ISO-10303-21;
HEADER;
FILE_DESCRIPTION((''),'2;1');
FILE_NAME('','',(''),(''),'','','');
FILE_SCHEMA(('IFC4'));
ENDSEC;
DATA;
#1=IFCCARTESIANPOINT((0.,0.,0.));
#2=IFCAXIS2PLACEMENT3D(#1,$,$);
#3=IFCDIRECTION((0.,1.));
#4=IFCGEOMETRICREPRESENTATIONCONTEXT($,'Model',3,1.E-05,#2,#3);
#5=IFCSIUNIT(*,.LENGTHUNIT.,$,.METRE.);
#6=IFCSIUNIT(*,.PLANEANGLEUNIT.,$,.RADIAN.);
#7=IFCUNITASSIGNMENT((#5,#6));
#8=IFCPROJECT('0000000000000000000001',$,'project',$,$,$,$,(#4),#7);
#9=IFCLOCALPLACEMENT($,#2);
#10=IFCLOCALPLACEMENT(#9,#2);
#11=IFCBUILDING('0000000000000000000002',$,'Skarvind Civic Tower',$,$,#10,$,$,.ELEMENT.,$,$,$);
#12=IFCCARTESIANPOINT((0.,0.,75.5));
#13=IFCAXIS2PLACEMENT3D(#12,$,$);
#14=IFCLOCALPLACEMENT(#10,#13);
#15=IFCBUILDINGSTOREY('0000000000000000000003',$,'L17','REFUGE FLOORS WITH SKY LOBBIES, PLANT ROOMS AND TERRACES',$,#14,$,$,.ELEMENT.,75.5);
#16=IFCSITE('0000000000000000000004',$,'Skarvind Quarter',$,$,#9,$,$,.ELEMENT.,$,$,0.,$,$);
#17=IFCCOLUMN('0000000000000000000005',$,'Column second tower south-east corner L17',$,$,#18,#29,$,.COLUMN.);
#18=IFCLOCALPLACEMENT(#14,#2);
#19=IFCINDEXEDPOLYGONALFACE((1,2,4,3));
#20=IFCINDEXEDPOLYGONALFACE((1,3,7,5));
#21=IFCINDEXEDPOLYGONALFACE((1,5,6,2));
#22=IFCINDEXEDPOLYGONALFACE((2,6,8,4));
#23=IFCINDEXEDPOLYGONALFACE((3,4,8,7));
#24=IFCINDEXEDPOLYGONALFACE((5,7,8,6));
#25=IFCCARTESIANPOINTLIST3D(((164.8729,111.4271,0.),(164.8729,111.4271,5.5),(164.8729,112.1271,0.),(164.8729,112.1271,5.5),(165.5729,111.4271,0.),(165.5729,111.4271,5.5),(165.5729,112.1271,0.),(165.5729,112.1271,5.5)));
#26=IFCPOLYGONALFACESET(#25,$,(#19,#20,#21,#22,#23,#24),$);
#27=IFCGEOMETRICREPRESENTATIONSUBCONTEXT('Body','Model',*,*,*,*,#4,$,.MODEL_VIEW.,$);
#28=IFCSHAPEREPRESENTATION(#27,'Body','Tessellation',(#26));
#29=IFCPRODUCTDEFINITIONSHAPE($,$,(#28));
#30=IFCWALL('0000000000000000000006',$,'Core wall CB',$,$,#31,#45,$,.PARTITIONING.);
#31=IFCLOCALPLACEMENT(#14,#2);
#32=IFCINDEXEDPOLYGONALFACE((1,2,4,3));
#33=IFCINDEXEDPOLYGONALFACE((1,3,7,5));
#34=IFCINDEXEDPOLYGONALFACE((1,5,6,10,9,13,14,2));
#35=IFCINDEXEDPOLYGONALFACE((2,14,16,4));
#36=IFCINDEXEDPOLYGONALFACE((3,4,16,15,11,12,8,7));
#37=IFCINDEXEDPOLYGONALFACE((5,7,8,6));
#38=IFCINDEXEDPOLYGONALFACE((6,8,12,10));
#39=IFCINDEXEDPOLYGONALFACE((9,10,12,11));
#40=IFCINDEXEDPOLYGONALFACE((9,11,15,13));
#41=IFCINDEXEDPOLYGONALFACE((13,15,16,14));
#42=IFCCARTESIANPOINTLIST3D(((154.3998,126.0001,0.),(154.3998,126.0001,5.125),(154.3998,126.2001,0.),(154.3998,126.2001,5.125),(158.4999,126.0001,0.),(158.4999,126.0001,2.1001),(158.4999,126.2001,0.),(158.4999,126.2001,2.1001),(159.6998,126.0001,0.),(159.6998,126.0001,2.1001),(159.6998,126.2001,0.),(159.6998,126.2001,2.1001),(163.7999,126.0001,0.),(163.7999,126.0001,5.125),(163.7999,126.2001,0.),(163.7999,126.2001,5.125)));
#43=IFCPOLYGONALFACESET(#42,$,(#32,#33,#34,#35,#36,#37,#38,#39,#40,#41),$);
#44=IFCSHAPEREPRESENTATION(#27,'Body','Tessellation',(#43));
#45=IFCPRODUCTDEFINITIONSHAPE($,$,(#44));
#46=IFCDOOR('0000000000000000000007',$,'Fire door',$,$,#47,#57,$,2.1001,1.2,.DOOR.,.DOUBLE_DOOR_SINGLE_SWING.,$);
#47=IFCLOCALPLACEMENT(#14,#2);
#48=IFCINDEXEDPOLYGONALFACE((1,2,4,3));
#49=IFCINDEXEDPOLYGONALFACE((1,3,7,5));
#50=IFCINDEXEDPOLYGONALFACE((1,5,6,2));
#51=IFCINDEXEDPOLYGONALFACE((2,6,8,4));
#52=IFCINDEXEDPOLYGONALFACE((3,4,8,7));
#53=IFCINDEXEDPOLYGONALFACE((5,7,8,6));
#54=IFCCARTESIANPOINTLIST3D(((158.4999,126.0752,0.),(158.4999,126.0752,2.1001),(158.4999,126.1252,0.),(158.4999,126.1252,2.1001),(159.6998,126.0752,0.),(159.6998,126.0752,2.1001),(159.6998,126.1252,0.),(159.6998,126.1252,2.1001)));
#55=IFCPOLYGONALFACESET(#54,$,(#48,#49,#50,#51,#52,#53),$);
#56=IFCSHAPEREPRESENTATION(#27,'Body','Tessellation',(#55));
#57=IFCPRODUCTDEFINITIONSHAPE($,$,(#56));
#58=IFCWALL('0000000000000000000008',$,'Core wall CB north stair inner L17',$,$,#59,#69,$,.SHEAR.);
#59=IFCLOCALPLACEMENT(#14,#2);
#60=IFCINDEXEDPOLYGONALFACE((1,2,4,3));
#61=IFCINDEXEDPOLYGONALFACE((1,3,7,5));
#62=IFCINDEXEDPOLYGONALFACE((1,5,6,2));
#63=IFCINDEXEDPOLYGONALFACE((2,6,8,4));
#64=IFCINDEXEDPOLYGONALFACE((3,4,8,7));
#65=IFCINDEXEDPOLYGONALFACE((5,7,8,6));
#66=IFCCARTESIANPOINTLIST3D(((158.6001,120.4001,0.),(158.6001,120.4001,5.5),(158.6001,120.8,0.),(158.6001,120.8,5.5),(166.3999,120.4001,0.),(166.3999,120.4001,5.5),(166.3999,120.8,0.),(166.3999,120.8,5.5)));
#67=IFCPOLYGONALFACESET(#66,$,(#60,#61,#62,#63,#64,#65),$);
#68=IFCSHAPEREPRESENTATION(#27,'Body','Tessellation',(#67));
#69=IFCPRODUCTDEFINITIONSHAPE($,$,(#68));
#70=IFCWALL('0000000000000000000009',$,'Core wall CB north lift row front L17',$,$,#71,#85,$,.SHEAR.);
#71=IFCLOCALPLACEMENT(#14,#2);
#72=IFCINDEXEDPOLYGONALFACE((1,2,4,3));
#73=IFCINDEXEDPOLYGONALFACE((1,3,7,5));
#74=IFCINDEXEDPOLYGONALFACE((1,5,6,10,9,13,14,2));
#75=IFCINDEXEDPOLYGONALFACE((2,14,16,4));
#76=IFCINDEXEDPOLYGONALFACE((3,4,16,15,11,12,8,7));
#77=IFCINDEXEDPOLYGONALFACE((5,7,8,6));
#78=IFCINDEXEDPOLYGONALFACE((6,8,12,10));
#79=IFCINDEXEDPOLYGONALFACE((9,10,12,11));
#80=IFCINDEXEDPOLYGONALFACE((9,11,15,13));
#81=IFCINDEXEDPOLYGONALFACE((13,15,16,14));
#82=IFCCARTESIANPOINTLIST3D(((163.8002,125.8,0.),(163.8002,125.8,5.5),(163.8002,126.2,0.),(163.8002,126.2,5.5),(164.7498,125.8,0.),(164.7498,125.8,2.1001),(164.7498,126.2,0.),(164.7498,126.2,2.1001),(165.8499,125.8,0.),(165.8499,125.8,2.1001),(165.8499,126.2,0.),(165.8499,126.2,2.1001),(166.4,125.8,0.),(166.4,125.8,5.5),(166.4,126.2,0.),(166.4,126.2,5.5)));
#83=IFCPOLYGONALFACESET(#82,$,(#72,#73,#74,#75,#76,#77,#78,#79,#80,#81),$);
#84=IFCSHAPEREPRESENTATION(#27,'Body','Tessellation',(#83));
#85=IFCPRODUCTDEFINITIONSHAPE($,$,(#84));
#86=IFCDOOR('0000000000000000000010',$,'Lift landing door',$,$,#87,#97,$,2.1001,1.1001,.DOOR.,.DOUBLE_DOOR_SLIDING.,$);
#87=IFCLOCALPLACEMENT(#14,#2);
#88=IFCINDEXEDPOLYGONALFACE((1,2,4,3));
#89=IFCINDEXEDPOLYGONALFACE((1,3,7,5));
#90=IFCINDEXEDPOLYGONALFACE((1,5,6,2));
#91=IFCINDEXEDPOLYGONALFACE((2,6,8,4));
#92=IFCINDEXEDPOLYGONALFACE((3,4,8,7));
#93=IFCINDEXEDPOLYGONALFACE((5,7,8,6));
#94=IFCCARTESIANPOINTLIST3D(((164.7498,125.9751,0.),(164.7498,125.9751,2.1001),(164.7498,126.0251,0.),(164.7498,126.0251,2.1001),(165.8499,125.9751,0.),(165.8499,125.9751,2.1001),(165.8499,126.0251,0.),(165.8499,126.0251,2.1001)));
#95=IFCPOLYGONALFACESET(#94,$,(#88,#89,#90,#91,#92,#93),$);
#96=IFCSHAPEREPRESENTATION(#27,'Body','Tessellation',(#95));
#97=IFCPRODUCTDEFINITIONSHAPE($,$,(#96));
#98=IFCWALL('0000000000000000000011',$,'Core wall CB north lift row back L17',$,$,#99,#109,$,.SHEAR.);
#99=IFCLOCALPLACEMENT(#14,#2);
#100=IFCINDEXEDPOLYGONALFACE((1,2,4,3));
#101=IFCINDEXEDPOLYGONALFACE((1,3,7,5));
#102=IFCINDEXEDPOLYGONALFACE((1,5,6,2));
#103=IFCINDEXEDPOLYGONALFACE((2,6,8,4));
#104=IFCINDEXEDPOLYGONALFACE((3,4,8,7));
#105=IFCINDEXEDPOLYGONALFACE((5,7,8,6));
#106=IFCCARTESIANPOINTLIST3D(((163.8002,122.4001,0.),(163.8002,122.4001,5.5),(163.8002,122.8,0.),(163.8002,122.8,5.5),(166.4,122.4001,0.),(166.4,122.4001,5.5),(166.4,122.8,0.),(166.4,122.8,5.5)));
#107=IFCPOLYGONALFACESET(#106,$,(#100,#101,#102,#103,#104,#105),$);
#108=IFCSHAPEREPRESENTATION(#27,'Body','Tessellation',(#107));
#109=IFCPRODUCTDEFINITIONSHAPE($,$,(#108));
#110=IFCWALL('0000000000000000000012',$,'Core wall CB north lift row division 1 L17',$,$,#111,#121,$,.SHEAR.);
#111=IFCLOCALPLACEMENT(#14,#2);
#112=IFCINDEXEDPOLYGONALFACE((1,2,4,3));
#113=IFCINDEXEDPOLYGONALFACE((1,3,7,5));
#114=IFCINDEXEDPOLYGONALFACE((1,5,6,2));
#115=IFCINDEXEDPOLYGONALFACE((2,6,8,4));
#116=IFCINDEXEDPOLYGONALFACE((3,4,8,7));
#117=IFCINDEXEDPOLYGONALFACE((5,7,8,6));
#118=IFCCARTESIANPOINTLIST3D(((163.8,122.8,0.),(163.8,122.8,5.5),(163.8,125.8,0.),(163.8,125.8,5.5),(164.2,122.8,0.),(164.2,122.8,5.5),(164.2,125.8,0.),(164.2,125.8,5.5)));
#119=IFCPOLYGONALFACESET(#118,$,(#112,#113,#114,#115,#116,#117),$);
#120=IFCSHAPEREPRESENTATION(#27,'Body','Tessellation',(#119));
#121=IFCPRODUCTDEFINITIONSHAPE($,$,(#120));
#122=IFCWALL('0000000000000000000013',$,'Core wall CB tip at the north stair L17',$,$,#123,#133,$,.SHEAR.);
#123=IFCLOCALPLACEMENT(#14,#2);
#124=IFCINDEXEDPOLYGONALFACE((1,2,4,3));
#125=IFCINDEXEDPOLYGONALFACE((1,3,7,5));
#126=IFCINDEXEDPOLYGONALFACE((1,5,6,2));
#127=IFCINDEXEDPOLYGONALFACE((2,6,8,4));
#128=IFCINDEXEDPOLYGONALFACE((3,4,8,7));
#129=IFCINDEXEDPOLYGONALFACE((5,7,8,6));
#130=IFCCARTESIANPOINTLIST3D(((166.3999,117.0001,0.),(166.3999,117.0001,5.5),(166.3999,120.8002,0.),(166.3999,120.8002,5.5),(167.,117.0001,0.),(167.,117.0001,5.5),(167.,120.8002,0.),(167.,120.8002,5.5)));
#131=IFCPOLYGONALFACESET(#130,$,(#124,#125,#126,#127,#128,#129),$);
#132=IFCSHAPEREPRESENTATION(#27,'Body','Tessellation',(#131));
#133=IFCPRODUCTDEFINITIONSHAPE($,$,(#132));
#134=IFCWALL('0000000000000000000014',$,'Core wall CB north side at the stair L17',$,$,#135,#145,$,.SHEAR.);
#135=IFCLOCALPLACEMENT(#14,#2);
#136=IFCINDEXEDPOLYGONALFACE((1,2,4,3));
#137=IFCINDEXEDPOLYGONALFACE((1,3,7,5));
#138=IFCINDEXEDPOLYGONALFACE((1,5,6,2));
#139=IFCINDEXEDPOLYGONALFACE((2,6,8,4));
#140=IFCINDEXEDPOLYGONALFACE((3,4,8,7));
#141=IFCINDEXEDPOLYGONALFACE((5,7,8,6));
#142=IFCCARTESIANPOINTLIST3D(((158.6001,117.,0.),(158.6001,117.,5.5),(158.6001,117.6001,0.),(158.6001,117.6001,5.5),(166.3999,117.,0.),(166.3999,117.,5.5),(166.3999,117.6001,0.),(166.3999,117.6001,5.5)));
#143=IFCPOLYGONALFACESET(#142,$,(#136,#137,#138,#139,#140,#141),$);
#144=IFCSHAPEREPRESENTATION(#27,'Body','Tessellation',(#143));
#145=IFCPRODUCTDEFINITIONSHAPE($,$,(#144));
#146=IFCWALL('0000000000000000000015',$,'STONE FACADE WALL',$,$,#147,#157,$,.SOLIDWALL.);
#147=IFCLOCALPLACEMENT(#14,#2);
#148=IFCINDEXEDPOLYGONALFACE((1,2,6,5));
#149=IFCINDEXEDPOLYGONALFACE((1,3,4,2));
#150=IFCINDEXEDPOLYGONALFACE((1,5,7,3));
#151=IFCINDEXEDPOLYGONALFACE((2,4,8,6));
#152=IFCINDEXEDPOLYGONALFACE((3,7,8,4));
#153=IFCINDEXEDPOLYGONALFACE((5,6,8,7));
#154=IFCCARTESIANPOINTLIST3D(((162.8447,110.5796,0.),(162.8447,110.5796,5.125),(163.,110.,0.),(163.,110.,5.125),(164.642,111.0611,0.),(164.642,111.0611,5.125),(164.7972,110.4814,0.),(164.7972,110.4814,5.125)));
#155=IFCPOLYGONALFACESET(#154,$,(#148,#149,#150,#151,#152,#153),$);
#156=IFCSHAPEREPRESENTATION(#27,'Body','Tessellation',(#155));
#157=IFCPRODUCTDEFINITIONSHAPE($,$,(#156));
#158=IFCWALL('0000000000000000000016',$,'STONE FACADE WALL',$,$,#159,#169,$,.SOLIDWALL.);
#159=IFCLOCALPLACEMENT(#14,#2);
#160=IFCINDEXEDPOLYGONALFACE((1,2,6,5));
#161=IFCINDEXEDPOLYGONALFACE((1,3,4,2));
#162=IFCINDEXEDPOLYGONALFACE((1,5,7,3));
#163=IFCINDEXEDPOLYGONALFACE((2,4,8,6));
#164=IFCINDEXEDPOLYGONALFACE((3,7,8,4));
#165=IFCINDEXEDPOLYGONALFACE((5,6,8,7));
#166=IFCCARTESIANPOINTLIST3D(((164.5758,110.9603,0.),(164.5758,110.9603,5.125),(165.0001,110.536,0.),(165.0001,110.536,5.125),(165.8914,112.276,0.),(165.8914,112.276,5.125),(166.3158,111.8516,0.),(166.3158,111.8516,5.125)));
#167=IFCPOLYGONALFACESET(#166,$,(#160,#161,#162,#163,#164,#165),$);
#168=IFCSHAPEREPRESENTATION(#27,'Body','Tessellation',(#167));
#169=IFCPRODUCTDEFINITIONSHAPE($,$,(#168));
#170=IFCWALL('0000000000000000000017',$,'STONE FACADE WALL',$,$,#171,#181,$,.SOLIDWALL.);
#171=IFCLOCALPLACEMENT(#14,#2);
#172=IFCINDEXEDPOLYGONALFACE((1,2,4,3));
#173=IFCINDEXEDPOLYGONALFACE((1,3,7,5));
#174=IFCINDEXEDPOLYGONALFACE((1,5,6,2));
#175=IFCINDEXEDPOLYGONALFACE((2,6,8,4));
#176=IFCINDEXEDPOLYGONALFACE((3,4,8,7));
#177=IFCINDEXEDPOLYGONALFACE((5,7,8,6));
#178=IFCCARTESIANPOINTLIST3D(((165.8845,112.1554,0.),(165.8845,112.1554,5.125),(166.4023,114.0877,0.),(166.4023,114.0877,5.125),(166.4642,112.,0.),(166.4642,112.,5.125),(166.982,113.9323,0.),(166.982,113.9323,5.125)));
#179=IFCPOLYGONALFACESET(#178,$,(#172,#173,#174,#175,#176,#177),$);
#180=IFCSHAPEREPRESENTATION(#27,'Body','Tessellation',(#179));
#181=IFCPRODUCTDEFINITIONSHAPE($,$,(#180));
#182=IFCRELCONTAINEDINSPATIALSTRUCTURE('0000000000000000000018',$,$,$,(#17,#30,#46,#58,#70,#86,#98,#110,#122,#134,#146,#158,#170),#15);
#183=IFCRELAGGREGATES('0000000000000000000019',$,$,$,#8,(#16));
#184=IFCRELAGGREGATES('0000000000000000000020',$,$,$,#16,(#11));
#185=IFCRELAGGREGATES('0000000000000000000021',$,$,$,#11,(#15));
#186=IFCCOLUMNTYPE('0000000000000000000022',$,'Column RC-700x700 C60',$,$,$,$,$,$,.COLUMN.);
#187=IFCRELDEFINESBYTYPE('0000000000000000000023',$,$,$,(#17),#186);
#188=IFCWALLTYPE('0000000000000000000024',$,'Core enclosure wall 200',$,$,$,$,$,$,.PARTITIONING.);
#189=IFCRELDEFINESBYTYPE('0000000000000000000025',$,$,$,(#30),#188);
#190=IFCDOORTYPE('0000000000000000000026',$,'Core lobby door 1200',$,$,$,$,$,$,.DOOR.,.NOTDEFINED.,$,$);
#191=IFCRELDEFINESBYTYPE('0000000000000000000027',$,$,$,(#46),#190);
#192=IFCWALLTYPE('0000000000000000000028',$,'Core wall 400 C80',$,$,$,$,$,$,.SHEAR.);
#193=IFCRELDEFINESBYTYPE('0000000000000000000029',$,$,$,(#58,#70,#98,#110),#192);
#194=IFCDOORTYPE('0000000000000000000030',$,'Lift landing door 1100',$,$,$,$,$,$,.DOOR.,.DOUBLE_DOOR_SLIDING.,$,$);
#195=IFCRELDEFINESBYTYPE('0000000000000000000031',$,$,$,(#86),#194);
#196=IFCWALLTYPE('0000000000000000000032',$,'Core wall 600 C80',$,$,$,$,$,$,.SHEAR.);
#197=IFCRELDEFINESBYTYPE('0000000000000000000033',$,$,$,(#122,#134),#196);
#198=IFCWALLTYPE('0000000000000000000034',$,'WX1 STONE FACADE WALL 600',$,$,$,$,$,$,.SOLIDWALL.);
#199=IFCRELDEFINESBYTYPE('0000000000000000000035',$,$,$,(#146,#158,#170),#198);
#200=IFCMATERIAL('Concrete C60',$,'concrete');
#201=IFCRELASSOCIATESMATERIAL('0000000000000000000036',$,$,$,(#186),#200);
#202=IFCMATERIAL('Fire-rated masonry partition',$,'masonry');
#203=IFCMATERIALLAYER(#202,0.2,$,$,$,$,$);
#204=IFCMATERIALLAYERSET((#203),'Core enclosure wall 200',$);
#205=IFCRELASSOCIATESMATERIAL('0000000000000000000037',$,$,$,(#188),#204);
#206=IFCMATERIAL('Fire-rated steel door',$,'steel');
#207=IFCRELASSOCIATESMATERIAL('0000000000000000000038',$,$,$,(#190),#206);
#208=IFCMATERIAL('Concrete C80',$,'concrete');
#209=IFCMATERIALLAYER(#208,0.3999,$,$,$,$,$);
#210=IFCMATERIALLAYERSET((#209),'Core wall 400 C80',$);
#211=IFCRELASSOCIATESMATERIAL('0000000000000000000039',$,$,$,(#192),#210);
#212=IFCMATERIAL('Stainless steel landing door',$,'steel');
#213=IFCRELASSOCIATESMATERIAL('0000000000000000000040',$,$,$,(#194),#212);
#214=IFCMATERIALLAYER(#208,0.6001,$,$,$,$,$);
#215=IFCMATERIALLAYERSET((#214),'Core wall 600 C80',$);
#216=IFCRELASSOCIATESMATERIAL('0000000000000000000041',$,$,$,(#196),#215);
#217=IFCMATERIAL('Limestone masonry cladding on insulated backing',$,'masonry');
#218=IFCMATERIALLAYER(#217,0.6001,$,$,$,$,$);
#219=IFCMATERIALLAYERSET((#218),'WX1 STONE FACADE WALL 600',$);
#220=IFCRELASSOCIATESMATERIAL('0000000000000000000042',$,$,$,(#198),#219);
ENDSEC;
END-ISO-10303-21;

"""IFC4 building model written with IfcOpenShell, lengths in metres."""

from ifc_helpers import new_model, si_unit, direction, frame, frame_2d, origin, origin_2d, place, context, subcontext, project, spatial, rectangle, extrude, material, layer, layer_set, material_profile, profile_set, type_object, element, fill, save


model = new_model("IFC4")

# Units and contexts
model_context = context("Model", 3, precision=1e-05, world=origin(), true_north=direction((0.0, 1.0)))
body_context = subcontext(model_context, "Body", "Model", "MODEL_VIEW")
ifc_project = project(units=[si_unit("LENGTHUNIT", "METRE"), si_unit("PLANEANGLEUNIT", "RADIAN")], contexts=[model_context])

# Site, building, storey
site_placement = place(None, origin())
site = spatial("IfcSite", under=ifc_project, at=site_placement, Name="Skarvind Quarter", CompositionType="ELEMENT", RefElevation=0.0)
building_placement = place(site_placement, origin())
building = spatial("IfcBuilding", under=site, at=building_placement, Name="Skarvind Civic Tower", CompositionType="ELEMENT")
storey_placement = place(building_placement, frame((0.0, 0.0, 75.5)))
storey = spatial("IfcBuildingStorey", under=building, at=storey_placement, Name="L17", Description="REFUGE FLOORS WITH SKY LOBBIES, PLANT ROOMS AND TERRACES", CompositionType="ELEMENT", Elevation=75.5)

# Column
ifc_material_1 = material(Name="Concrete C60", Category="concrete")
ifc_material_profile = material_profile(ifc_material_1, rectangle(XDim=0.7, YDim=0.7, at=origin_2d()), Name="RC-700x700")
ifc_profile_set = profile_set([ifc_material_profile], Name="Concrete C60")
column_type = type_object("IfcColumnType", Name="Column RC-700x700 C60", PredefinedType="COLUMN", material=ifc_profile_set)
column_placement = place(storey_placement, frame((165.2229, 111.7771, 0.0), z_axis=(0.0, 0.0, 1.0), x_axis=(1.0, 0.0, 0.0)))
element("IfcColumn", 1, at=column_placement, inside=storey, type_object=column_type, Name="Column second tower south-east corner L17", PredefinedType="COLUMN", context=body_context, shape_type="SweptSolid", body=[
    extrude(rectangle(XDim=0.7, YDim=0.7, at=origin_2d()), origin(), (0.0, 0.0, 1.0), 5.5),
])

# Wall, opening, door
ifc_material_2 = material(Name="Fire-rated masonry partition", Category="masonry")
ifc_layer_1 = layer(ifc_material_2, 0.2)
ifc_layer_set_1 = layer_set([ifc_layer_1], Name="Core enclosure wall 200")
wall_type_1 = type_object("IfcWallType", Name="Core enclosure wall 200", PredefinedType="PARTITIONING", material=ifc_layer_set_1)
wall_1_placement = place(storey_placement, frame((163.8, 126.1001, 0.0), z_axis=(0.0, 0.0, 1.0), x_axis=(-1.0, 0.0, 0.0)))
wall_1 = element("IfcWall", 2, at=wall_1_placement, inside=storey, type_object=wall_type_1, Name="Core wall CB", PredefinedType="PARTITIONING", context=body_context, shape_type="SweptSolid", body=[
    extrude(rectangle(XDim=9.4001, YDim=0.2, at=frame_2d((4.7002, 0.0))), origin(), (0.0, 0.0, 1.0), 5.125),
])
opening_1_placement = place(wall_1_placement, frame((4.1001, 0.0, 0.0)))
opening_1 = element("IfcOpeningElement", 3, at=opening_1_placement, cuts=wall_1, PredefinedType="OPENING", context=body_context, shape_type="SweptSolid", body=[
    extrude(rectangle(XDim=1.2, YDim=2.1001, at=frame_2d((0.6001, 1.05))), frame((0.0, 0.1099, 0.0), z_axis=(0.0, -1.0, 0.0), x_axis=(1.0, 0.0, 0.0)), (0.0, 0.0, 1.0), 0.22),
])
ifc_material_3 = material(Name="Fire-rated steel door", Category="steel")
door_type_1 = type_object("IfcDoorType", Name="Core lobby door 1200", OperationType="NOTDEFINED", PredefinedType="DOOR", material=ifc_material_3)
door_1_placement = place(opening_1_placement, origin())
door_1 = element("IfcDoor", 4, at=door_1_placement, inside=storey, type_object=door_type_1, Name="Fire door", OperationType="DOUBLE_DOOR_SINGLE_SWING", OverallHeight=2.1001, OverallWidth=1.2, PredefinedType="DOOR", context=body_context, shape_type="SweptSolid", body=[
    extrude(rectangle(XDim=1.2, YDim=2.1001, at=frame_2d((0.6001, 1.05))), frame((0.0, 0.0249, 0.0), z_axis=(0.0, -1.0, 0.0), x_axis=(1.0, 0.0, 0.0)), (0.0, 0.0, 1.0), 0.05),
])
fill(opening_1, door_1)

# Wall
ifc_material_4 = material(Name="Concrete C80", Category="concrete")
ifc_layer_2 = layer(ifc_material_4, 0.3999)
ifc_layer_set_2 = layer_set([ifc_layer_2], Name="Core wall 400 C80")
wall_type_2 = type_object("IfcWallType", Name="Core wall 400 C80", PredefinedType="SHEAR", material=ifc_layer_set_2)
wall_2_placement = place(storey_placement, frame((166.3999, 120.6001, 0.0), z_axis=(0.0, 0.0, 1.0), x_axis=(-1.0, 0.0, 0.0)))
element("IfcWall", 5, at=wall_2_placement, inside=storey, type_object=wall_type_2, Name="Core wall CB north stair inner L17", PredefinedType="SHEAR", context=body_context, shape_type="SweptSolid", body=[
    extrude(rectangle(XDim=7.7998, YDim=0.3999, at=frame_2d((3.8999, 0.0))), origin(), (0.0, 0.0, 1.0), 5.5),
])

# Wall, opening, door
wall_3_placement = place(storey_placement, frame((166.3999, 126.0, 0.0), z_axis=(0.0, 0.0, 1.0), x_axis=(-1.0, 0.0, 0.0)))
wall_3 = element("IfcWall", 6, at=wall_3_placement, inside=storey, type_object=wall_type_2, Name="Core wall CB north lift row front L17", PredefinedType="SHEAR", context=body_context, shape_type="SweptSolid", body=[
    extrude(rectangle(XDim=2.5999, YDim=0.3999, at=frame_2d((1.2998, 0.0))), origin(), (0.0, 0.0, 1.0), 5.5),
])
opening_2_placement = place(wall_3_placement, frame((0.55, 0.0, 0.0)))
opening_2 = element("IfcOpeningElement", 7, at=opening_2_placement, cuts=wall_3, PredefinedType="OPENING", context=body_context, shape_type="SweptSolid", body=[
    extrude(rectangle(XDim=1.1001, YDim=2.1001, at=frame_2d((0.55, 1.05))), frame((0.0, 0.21, 0.0), z_axis=(0.0, -1.0, 0.0), x_axis=(1.0, 0.0, 0.0)), (0.0, 0.0, 1.0), 0.4199),
])
ifc_material_5 = material(Name="Stainless steel landing door", Category="steel")
door_type_2 = type_object("IfcDoorType", Name="Lift landing door 1100", OperationType="DOUBLE_DOOR_SLIDING", PredefinedType="DOOR", material=ifc_material_5)
door_2_placement = place(opening_2_placement, origin())
door_2 = element("IfcDoor", 8, at=door_2_placement, inside=storey, type_object=door_type_2, Name="Lift landing door", OperationType="DOUBLE_DOOR_SLIDING", OverallHeight=2.1001, OverallWidth=1.1001, PredefinedType="DOOR", context=body_context, shape_type="SweptSolid", body=[
    extrude(rectangle(XDim=1.1001, YDim=2.1001, at=frame_2d((0.55, 1.05))), frame((0.0, 0.0249, 0.0), z_axis=(0.0, -1.0, 0.0), x_axis=(1.0, 0.0, 0.0)), (0.0, 0.0, 1.0), 0.05),
])
fill(opening_2, door_2)

# Walls
wall_4_placement = place(storey_placement, frame((166.3999, 122.6001, 0.0), z_axis=(0.0, 0.0, 1.0), x_axis=(-1.0, 0.0, 0.0)))
element("IfcWall", 9, at=wall_4_placement, inside=storey, type_object=wall_type_2, Name="Core wall CB north lift row back L17", PredefinedType="SHEAR", context=body_context, shape_type="SweptSolid", body=[
    extrude(rectangle(XDim=2.5999, YDim=0.3999, at=frame_2d((1.2998, 0.0))), origin(), (0.0, 0.0, 1.0), 5.5),
])
wall_5_placement = place(storey_placement, frame((164.0, 125.8, 0.0), z_axis=(0.0, 0.0, 1.0), x_axis=(0.0, -1.0, 0.0)))
element("IfcWall", 10, at=wall_5_placement, inside=storey, type_object=wall_type_2, Name="Core wall CB north lift row division 1 L17", PredefinedType="SHEAR", context=body_context, shape_type="SweptSolid", body=[
    extrude(rectangle(XDim=3.0, YDim=0.3999, at=frame_2d((1.5, 0.0))), origin(), (0.0, 0.0, 1.0), 5.5),
])
ifc_layer_3 = layer(ifc_material_4, 0.6001)
ifc_layer_set_3 = layer_set([ifc_layer_3], Name="Core wall 600 C80")
wall_type_3 = type_object("IfcWallType", Name="Core wall 600 C80", PredefinedType="SHEAR", material=ifc_layer_set_3)
wall_6_placement = place(storey_placement, frame((166.7, 120.8, 0.0), z_axis=(0.0, 0.0, 1.0), x_axis=(0.0, -1.0, 0.0)))
element("IfcWall", 11, at=wall_6_placement, inside=storey, type_object=wall_type_3, Name="Core wall CB tip at the north stair L17", PredefinedType="SHEAR", context=body_context, shape_type="SweptSolid", body=[
    extrude(rectangle(XDim=3.8, YDim=0.6001, at=frame_2d((1.8999, 0.0))), origin(), (0.0, 0.0, 1.0), 5.5),
])
wall_7_placement = place(storey_placement, frame((166.3999, 117.3, 0.0), z_axis=(0.0, 0.0, 1.0), x_axis=(-1.0, 0.0, 0.0)))
element("IfcWall", 12, at=wall_7_placement, inside=storey, type_object=wall_type_3, Name="Core wall CB north side at the stair L17", PredefinedType="SHEAR", context=body_context, shape_type="SweptSolid", body=[
    extrude(rectangle(XDim=7.7998, YDim=0.6001, at=frame_2d((3.8999, 0.0))), origin(), (0.0, 0.0, 1.0), 5.5),
])
ifc_material_6 = material(Name="Limestone masonry cladding on insulated backing", Category="masonry")
ifc_layer_4 = layer(ifc_material_6, 0.6001)
ifc_layer_set_4 = layer_set([ifc_layer_4], Name="WX1 STONE FACADE WALL 600")
wall_type_4 = type_object("IfcWallType", Name="WX1 STONE FACADE WALL 600", PredefinedType="SOLIDWALL", material=ifc_layer_set_4)
for number, where, z_axis, x_axis, name in (
    (13, (164.7195, 110.7712, 0.0), (0.0, 0.0, 1.0), (-0.965938, -0.258773, 0.0), "STONE FACADE WALL"),
    (14, (166.1035, 112.0637, 0.0), (0.0, 0.0, 1.0), (-0.707107, -0.707107, 0.0), "STONE FACADE WALL"),
):
    element("IfcWall", number, at=place(storey_placement, frame(where, z_axis=z_axis, x_axis=x_axis)), inside=storey, type_object=wall_type_4, Name=name, PredefinedType="SOLIDWALL", context=body_context, shape_type="SweptSolid", body=[
        extrude(rectangle(XDim=1.8606, YDim=0.6001, at=frame_2d((0.9302, 0.0))), origin(), (0.0, 0.0, 1.0), 5.125),
    ])
wall_8_placement = place(storey_placement, frame((166.6921, 114.01, 0.0), z_axis=(0.0, 0.0, 1.0), x_axis=(-0.25884, -0.96592, 0.0)))
element("IfcWall", 15, at=wall_8_placement, inside=storey, type_object=wall_type_4, Name="STONE FACADE WALL", PredefinedType="SOLIDWALL", context=body_context, shape_type="SweptSolid", body=[
    extrude(rectangle(XDim=2.0005, YDim=0.6001, at=frame_2d((1.0002, 0.0))), origin(), (0.0, 0.0, 1.0), 5.125),
])

save(model, "model.ifc")
